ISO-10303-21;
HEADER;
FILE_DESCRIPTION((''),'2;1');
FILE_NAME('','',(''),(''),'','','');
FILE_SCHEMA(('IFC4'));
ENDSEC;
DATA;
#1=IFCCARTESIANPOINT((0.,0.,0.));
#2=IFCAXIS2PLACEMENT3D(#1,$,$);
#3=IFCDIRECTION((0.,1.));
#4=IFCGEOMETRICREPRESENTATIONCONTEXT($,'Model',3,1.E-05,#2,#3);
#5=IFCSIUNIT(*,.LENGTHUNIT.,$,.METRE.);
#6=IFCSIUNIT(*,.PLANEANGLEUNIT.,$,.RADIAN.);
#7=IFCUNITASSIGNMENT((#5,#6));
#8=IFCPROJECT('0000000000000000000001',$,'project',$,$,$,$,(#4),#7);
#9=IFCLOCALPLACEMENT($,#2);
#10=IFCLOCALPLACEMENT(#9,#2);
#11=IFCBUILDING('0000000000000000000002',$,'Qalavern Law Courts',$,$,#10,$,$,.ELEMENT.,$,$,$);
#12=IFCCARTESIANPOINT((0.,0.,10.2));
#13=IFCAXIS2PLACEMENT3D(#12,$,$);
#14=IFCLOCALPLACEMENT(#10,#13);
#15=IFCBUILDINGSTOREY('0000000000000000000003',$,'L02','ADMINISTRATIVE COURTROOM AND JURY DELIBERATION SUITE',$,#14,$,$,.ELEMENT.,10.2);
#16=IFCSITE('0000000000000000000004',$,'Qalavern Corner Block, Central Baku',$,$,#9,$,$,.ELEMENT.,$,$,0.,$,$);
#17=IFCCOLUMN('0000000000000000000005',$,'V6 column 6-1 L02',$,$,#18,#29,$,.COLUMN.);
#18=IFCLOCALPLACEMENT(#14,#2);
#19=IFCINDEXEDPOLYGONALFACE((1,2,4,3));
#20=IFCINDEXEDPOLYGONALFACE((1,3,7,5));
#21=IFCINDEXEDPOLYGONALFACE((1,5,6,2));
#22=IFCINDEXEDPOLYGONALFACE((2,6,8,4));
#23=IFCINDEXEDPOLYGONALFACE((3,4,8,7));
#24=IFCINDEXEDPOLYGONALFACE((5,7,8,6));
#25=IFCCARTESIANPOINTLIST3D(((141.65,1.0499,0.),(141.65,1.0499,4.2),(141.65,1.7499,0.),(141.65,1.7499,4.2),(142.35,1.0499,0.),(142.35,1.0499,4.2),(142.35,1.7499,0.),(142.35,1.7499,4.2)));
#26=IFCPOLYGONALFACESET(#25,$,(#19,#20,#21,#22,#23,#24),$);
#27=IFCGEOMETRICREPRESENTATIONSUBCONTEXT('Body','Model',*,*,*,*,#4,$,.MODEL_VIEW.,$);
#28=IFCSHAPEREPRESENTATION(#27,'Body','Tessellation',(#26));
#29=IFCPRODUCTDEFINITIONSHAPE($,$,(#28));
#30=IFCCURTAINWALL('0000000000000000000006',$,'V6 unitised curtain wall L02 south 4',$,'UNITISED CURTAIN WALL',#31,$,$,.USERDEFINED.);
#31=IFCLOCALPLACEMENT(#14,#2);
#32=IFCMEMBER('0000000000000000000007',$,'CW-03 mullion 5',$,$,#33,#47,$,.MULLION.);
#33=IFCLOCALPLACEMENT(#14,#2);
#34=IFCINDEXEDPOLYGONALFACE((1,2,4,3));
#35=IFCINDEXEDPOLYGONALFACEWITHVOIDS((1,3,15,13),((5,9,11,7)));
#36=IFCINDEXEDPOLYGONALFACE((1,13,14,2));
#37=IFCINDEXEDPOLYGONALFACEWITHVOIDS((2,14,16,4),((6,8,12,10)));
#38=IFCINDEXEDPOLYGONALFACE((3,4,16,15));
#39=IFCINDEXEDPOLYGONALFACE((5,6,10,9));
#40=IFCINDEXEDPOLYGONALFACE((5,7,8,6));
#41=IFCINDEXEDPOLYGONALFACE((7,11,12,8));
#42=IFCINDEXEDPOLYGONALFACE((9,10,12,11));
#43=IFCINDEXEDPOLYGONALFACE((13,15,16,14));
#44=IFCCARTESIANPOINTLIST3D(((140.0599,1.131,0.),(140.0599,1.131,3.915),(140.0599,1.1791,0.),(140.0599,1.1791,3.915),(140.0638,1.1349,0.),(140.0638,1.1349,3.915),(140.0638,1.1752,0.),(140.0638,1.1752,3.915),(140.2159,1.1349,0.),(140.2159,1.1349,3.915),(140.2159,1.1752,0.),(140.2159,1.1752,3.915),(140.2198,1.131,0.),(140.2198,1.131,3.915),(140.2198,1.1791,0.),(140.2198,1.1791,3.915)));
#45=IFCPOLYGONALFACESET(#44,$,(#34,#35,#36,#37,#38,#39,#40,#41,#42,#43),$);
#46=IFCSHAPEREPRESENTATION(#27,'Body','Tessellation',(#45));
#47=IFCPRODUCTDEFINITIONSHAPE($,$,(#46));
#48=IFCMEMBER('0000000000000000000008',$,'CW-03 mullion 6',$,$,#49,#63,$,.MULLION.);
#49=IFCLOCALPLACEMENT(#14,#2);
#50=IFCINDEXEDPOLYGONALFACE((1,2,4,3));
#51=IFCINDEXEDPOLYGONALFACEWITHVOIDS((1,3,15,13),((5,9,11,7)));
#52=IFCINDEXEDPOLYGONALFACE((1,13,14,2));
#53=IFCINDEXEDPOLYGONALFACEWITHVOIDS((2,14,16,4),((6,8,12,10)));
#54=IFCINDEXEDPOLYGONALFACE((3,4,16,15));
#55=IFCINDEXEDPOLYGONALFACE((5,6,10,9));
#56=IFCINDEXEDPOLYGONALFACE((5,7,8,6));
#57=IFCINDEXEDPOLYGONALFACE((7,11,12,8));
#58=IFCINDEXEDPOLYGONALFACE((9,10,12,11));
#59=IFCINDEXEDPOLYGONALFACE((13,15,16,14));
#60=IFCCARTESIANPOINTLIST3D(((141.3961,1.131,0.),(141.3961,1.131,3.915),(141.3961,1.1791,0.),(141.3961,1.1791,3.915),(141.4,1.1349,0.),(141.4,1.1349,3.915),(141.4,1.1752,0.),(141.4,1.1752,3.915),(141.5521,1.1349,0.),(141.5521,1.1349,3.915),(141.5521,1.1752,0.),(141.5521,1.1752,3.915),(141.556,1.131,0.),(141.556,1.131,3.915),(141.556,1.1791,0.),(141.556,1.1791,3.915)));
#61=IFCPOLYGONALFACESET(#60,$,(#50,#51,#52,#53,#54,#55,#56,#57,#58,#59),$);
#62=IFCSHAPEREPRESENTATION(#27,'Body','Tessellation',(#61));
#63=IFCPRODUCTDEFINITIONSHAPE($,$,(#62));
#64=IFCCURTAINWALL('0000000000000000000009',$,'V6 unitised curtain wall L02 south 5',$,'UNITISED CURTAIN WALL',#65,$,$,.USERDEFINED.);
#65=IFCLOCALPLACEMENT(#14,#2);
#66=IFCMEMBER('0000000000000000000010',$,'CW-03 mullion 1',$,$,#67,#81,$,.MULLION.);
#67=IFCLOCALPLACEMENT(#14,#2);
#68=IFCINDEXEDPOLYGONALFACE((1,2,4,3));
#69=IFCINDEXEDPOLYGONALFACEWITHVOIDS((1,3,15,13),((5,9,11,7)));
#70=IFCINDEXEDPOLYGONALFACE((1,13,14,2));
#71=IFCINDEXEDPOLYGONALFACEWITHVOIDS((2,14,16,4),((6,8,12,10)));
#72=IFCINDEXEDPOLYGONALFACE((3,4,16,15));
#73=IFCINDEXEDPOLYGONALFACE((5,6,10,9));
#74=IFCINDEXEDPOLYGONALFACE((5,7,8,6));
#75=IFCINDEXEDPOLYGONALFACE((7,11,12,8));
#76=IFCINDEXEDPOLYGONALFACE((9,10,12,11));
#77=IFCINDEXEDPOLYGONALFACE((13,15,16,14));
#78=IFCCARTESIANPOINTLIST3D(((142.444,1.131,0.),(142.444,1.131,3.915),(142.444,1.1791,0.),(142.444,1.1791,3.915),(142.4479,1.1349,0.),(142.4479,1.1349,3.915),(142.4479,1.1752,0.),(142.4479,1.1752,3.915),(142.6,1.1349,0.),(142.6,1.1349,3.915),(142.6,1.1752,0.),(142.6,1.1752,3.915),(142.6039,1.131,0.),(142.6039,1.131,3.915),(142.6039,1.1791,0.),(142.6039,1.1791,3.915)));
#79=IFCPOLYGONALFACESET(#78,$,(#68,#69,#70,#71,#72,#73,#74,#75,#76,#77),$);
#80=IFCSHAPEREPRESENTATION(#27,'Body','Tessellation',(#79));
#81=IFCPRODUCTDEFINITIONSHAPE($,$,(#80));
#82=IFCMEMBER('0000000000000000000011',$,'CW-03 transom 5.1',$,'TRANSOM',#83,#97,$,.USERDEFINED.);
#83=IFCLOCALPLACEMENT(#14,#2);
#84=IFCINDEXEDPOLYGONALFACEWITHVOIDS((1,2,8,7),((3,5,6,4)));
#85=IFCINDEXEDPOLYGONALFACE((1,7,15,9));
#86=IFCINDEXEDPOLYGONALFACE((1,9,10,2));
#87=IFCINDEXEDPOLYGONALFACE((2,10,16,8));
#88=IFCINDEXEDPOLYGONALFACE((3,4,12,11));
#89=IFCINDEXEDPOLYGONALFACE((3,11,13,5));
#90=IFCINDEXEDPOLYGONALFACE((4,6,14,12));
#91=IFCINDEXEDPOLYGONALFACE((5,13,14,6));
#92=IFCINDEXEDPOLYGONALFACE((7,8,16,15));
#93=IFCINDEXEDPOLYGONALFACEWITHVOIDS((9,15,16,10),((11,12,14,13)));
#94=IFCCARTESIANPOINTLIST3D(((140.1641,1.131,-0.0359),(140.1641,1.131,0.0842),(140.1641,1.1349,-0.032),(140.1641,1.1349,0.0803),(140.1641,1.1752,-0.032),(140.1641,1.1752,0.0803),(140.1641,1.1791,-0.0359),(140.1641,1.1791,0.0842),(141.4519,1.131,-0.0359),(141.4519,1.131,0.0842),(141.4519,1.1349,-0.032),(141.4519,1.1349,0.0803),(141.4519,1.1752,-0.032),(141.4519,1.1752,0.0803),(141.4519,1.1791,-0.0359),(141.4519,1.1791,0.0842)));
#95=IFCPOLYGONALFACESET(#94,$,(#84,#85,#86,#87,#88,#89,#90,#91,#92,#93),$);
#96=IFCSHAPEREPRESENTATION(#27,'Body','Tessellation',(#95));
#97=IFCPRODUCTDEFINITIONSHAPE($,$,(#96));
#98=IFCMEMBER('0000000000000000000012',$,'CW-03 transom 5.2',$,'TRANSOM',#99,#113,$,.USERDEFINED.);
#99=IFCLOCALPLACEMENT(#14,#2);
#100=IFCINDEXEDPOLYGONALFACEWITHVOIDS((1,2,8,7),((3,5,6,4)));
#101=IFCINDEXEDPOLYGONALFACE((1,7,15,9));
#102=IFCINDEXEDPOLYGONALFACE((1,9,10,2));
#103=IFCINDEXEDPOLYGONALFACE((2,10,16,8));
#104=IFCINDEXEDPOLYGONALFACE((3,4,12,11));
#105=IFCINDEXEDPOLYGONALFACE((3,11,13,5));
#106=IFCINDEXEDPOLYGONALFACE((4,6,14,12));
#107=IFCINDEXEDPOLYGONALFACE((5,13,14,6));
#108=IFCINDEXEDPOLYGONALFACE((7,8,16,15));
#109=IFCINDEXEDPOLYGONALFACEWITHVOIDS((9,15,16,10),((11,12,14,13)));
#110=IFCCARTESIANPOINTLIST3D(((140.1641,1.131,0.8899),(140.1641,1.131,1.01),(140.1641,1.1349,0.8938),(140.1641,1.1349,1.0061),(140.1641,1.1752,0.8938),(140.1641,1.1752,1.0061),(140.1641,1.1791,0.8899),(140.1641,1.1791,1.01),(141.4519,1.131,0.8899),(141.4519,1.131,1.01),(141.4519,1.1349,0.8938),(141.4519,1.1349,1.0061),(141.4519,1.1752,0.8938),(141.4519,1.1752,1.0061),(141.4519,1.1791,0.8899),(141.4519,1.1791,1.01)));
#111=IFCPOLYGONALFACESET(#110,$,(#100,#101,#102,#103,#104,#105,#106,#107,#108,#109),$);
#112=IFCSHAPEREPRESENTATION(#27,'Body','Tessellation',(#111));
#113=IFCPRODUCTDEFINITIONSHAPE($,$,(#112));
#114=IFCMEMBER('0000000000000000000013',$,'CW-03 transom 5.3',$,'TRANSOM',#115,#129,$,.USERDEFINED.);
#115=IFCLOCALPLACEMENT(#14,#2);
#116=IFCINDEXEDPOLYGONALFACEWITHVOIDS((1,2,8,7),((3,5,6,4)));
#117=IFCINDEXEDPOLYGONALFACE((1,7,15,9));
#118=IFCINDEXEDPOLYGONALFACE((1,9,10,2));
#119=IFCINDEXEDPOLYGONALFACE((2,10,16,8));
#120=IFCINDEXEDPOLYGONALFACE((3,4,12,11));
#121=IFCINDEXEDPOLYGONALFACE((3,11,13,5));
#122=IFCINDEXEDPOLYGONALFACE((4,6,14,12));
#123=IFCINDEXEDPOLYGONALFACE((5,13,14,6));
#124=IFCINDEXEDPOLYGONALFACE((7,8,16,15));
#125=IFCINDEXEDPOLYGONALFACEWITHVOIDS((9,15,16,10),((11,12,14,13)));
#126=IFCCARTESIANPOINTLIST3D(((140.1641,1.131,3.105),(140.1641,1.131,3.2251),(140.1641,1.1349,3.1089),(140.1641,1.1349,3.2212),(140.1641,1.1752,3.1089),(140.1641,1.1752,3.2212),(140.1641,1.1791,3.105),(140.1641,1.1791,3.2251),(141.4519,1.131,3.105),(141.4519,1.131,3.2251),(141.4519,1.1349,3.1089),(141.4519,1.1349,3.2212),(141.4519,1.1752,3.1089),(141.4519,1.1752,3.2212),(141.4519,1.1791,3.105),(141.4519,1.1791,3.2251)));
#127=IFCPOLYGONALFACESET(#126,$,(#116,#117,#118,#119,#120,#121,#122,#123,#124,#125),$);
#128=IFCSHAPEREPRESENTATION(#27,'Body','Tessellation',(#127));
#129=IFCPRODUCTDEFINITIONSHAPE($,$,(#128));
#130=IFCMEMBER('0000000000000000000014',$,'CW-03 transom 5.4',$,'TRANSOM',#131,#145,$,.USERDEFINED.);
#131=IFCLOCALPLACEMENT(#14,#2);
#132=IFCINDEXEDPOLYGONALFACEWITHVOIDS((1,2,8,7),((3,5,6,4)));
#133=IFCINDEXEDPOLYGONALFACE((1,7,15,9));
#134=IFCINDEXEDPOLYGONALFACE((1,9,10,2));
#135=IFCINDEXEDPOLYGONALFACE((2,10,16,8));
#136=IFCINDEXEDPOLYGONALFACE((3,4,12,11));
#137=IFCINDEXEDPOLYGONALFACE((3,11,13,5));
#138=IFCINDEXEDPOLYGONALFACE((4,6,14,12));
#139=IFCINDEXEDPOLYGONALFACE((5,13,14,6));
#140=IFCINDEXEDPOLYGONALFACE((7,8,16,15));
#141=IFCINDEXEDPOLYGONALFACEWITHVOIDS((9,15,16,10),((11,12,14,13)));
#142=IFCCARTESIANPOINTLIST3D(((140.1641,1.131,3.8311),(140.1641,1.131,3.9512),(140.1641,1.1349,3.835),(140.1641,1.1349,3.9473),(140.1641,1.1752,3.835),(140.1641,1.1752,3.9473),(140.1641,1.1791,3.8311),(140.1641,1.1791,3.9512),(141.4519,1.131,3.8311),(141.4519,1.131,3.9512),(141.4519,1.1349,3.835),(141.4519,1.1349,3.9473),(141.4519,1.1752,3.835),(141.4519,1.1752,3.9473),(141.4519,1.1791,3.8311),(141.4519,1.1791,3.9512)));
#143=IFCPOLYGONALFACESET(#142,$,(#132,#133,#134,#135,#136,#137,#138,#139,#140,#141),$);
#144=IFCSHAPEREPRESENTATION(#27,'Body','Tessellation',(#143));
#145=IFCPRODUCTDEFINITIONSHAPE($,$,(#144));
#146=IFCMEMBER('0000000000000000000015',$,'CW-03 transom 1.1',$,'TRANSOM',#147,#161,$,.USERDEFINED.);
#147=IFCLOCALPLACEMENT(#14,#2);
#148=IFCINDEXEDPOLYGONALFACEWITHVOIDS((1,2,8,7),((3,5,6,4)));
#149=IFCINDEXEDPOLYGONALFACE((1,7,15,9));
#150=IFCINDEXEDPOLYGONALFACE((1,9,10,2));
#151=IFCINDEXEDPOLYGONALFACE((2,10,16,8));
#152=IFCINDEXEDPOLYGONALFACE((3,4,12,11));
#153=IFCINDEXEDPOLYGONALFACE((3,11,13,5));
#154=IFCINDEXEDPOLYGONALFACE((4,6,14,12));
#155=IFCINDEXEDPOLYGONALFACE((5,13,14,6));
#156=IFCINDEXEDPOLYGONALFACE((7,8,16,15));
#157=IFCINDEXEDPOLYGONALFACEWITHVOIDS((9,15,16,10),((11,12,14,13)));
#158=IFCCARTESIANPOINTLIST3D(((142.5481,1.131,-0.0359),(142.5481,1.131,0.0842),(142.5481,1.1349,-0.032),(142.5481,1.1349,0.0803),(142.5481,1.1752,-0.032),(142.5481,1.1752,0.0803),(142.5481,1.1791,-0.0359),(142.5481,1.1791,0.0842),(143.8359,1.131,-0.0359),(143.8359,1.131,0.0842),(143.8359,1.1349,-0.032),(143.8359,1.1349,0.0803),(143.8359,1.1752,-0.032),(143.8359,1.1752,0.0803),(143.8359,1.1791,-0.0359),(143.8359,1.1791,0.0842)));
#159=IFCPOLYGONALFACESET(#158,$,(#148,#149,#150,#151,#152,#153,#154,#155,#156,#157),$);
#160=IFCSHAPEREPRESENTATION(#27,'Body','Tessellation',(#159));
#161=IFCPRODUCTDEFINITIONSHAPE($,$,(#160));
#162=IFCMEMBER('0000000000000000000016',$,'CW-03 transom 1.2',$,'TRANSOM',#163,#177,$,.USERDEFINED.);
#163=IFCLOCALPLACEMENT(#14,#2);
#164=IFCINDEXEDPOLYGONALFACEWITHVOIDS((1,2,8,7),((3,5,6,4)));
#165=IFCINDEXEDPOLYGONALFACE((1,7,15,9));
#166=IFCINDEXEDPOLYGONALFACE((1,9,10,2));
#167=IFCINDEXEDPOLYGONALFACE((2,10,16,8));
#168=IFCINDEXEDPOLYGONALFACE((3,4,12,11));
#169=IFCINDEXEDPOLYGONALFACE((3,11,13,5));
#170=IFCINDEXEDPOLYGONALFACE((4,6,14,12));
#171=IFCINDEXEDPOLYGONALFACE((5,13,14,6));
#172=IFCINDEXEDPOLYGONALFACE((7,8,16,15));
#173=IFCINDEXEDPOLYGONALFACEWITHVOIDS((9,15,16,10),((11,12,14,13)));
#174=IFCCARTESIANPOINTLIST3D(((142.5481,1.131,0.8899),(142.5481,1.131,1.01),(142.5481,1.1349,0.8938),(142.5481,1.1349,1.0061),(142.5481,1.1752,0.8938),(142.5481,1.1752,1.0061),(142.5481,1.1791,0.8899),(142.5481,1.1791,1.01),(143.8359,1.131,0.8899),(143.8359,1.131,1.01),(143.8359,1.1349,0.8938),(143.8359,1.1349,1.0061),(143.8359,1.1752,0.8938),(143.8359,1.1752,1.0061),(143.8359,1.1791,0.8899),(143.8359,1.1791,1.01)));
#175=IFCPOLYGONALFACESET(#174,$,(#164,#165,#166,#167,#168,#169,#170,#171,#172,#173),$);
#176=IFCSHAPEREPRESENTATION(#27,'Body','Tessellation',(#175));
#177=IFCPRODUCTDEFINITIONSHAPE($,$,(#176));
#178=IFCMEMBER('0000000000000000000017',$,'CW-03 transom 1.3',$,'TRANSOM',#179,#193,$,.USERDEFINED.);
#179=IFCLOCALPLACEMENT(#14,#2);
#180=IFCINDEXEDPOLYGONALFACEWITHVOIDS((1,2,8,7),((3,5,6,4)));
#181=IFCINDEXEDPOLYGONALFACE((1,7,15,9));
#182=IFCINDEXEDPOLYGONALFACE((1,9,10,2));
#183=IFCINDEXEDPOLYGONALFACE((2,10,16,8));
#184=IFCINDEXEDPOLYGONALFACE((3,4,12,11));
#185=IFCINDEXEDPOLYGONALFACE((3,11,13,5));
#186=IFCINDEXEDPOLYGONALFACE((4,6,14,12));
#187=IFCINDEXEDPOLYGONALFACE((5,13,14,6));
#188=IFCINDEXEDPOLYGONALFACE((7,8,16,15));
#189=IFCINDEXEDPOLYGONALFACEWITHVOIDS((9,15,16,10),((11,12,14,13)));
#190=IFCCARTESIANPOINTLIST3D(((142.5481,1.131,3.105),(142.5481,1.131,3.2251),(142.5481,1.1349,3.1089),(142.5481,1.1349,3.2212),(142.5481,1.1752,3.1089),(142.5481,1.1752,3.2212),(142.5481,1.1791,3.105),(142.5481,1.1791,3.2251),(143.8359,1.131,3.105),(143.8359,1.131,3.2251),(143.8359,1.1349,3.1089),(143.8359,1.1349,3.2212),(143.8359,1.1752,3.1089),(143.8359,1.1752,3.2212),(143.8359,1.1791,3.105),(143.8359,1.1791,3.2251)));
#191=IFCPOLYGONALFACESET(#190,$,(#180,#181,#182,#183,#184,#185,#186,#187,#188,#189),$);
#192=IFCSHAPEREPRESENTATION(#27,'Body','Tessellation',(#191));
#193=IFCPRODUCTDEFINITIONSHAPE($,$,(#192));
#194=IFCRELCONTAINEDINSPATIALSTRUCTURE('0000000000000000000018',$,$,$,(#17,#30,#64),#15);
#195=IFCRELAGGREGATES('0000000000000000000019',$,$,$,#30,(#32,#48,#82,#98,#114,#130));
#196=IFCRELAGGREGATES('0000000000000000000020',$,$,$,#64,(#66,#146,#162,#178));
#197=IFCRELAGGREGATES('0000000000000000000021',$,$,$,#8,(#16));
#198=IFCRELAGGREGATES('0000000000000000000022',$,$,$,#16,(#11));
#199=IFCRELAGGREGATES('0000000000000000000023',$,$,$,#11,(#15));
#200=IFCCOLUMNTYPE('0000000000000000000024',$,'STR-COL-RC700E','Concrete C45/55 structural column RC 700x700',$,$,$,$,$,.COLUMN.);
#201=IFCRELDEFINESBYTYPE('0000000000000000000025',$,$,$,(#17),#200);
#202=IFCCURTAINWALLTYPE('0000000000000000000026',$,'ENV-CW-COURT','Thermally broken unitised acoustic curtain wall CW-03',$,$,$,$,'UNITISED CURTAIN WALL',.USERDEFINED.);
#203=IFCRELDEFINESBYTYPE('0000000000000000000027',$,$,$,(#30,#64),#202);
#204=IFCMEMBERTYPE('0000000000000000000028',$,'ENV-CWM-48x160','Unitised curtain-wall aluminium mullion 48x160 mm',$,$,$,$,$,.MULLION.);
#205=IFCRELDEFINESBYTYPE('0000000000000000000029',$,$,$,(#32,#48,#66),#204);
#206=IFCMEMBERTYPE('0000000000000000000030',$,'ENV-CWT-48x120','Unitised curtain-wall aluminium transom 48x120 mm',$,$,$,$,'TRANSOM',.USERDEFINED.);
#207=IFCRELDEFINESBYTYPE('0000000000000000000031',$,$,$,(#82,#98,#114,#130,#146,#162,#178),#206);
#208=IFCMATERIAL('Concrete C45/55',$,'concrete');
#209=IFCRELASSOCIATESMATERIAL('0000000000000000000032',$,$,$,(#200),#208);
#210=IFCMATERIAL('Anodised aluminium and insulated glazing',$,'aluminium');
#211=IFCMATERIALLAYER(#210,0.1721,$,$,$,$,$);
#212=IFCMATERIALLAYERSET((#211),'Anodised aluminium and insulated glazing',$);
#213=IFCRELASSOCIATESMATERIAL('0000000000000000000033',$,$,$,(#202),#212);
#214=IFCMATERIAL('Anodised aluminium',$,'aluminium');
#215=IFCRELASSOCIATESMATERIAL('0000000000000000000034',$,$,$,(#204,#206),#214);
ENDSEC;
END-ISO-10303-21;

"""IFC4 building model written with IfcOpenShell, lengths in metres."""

from ifc_helpers import new_model, si_unit, direction, frame, origin, origin_2d, place, context, subcontext, project, spatial, rectangle, hollow_rectangle, extrude, material, layer, layer_set, material_profile, profile_set, type_object, element, aggregate, save


model = new_model("IFC4")

# Units and contexts
model_context = context("Model", 3, precision=1e-05, world=origin(), true_north=direction((0.0, 1.0)))
body_context = subcontext(model_context, "Body", "Model", "MODEL_VIEW")
ifc_project = project(units=[si_unit("LENGTHUNIT", "METRE"), si_unit("PLANEANGLEUNIT", "RADIAN")], contexts=[model_context])

# Site, building, storey
site_placement = place(None, origin())
site = spatial("IfcSite", under=ifc_project, at=site_placement, Name="Qalavern Corner Block, Central Baku", CompositionType="ELEMENT", RefElevation=0.0)
building_placement = place(site_placement, origin())
building = spatial("IfcBuilding", under=site, at=building_placement, Name="Qalavern Law Courts", CompositionType="ELEMENT")
storey_placement = place(building_placement, frame((0.0, 0.0, 10.2)))
storey = spatial("IfcBuildingStorey", under=building, at=storey_placement, Name="L02", Description="ADMINISTRATIVE COURTROOM AND JURY DELIBERATION SUITE", CompositionType="ELEMENT", Elevation=10.2)

# Column
ifc_material_1 = material(Name="Concrete C45/55", Category="concrete")
ifc_material_profile_1 = material_profile(ifc_material_1, rectangle(XDim=0.7, YDim=0.7, at=origin_2d()), Name="RC 700x700")
ifc_profile_set_1 = profile_set([ifc_material_profile_1], Name="Concrete C45/55")
column_type = type_object("IfcColumnType", Name="STR-COL-RC700E", Description="Concrete C45/55 structural column RC 700x700", PredefinedType="COLUMN", material=ifc_profile_set_1)
column_placement = place(storey_placement, frame((142.0, 1.3999, 0.0), z_axis=(0.0, 0.0, 1.0), x_axis=(1.0, 0.0, 0.0)))
element("IfcColumn", 1, at=column_placement, inside=storey, type_object=column_type, Name="V6 column 6-1 L02", PredefinedType="COLUMN", context=body_context, shape_type="SweptSolid", body=[
    extrude(rectangle(XDim=0.7, YDim=0.7, at=origin_2d()), origin(), (0.0, 0.0, 1.0), 4.2),
])

# Curtain wall, members
ifc_material_2 = material(Name="Anodised aluminium and insulated glazing", Category="aluminium")
ifc_layer_1 = layer(ifc_material_2, 0.1721)
ifc_layer_set_1 = layer_set([ifc_layer_1], Name="Anodised aluminium and insulated glazing")
curtain_wall_type = type_object("IfcCurtainWallType", Name="ENV-CW-COURT", Description="Thermally broken unitised acoustic curtain wall CW-03", ElementType="UNITISED CURTAIN WALL", PredefinedType="USERDEFINED", material=ifc_layer_set_1)
curtain_wall_1_placement = place(storey_placement, origin())
curtain_wall_1 = element("IfcCurtainWall", 2, at=curtain_wall_1_placement, inside=storey, type_object=curtain_wall_type, Name="V6 unitised curtain wall L02 south 4", ObjectType="UNITISED CURTAIN WALL", PredefinedType="USERDEFINED")
ifc_material_3 = material(Name="Anodised aluminium", Category="aluminium")
ifc_material_profile_2 = material_profile(ifc_material_3, hollow_rectangle(XDim=0.0481, YDim=0.1599, WallThickness=0.0039, at=origin_2d()), Name="ALU MULLION 48x160")
ifc_profile_set_2 = profile_set([ifc_material_profile_2], Name="Anodised aluminium")
member_type_1 = type_object("IfcMemberType", Name="ENV-CWM-48x160", Description="Unitised curtain-wall aluminium mullion 48x160 mm", PredefinedType="MULLION", material=ifc_profile_set_2)
member_1_placement = place(storey_placement, frame((140.1399, 1.155, 0.0), z_axis=(0.0, 0.0, 1.0), x_axis=(0.0, 1.0, 0.0)))
member_1 = element("IfcMember", 3, at=member_1_placement, type_object=member_type_1, Name="CW-03 mullion 5", PredefinedType="MULLION", context=body_context, shape_type="SweptSolid", body=[
    extrude(hollow_rectangle(XDim=0.0481, YDim=0.1599, WallThickness=0.0039, at=origin_2d()), origin(), (0.0, 0.0, 1.0), 3.915),
])
member_2_placement = place(storey_placement, frame((141.4761, 1.155, 0.0), z_axis=(0.0, 0.0, 1.0), x_axis=(0.0, 1.0, 0.0)))
member_2 = element("IfcMember", 4, at=member_2_placement, type_object=member_type_1, Name="CW-03 mullion 6", PredefinedType="MULLION", context=body_context, shape_type="SweptSolid", body=[
    extrude(hollow_rectangle(XDim=0.0481, YDim=0.1599, WallThickness=0.0039, at=origin_2d()), origin(), (0.0, 0.0, 1.0), 3.915),
])

# Curtain wall, member
curtain_wall_2_placement = place(storey_placement, origin())
curtain_wall_2 = element("IfcCurtainWall", 5, at=curtain_wall_2_placement, inside=storey, type_object=curtain_wall_type, Name="V6 unitised curtain wall L02 south 5", ObjectType="UNITISED CURTAIN WALL", PredefinedType="USERDEFINED")
member_3_placement = place(storey_placement, frame((142.5239, 1.155, 0.0), z_axis=(0.0, 0.0, 1.0), x_axis=(0.0, 1.0, 0.0)))
member_3 = element("IfcMember", 6, at=member_3_placement, type_object=member_type_1, Name="CW-03 mullion 1", PredefinedType="MULLION", context=body_context, shape_type="SweptSolid", body=[
    extrude(hollow_rectangle(XDim=0.0481, YDim=0.1599, WallThickness=0.0039, at=origin_2d()), origin(), (0.0, 0.0, 1.0), 3.915),
])

# Members
ifc_material_profile_3 = material_profile(ifc_material_3, hollow_rectangle(XDim=0.0481, YDim=0.1201, WallThickness=0.0039, at=origin_2d()), Name="ALU TRANSOM 48x120")
ifc_profile_set_3 = profile_set([ifc_material_profile_3], Name="Anodised aluminium")
member_type_2 = type_object("IfcMemberType", Name="ENV-CWT-48x120", Description="Unitised curtain-wall aluminium transom 48x120 mm", ElementType="TRANSOM", PredefinedType="USERDEFINED", material=ifc_profile_set_3)
member_4_placement = place(storey_placement, frame((140.1641, 1.155, 0.0242), z_axis=(1.0, 0.0, 0.0), x_axis=(0.0, 1.0, 0.0)))
member_4 = element("IfcMember", 7, at=member_4_placement, type_object=member_type_2, Name="CW-03 transom 5.1", ObjectType="TRANSOM", PredefinedType="USERDEFINED", context=body_context, shape_type="SweptSolid", body=[
    extrude(hollow_rectangle(XDim=0.0481, YDim=0.1201, WallThickness=0.0039, at=origin_2d()), origin(), (0.0, 0.0, 1.0), 1.2878),
])
member_5_placement = place(storey_placement, frame((140.1641, 1.155, 0.95), z_axis=(1.0, 0.0, 0.0), x_axis=(0.0, 1.0, 0.0)))
member_5 = element("IfcMember", 8, at=member_5_placement, type_object=member_type_2, Name="CW-03 transom 5.2", ObjectType="TRANSOM", PredefinedType="USERDEFINED", context=body_context, shape_type="SweptSolid", body=[
    extrude(hollow_rectangle(XDim=0.0481, YDim=0.1201, WallThickness=0.0039, at=origin_2d()), origin(), (0.0, 0.0, 1.0), 1.2878),
])
member_6_placement = place(storey_placement, frame((140.1641, 1.155, 3.165), z_axis=(1.0, 0.0, 0.0), x_axis=(0.0, 1.0, 0.0)))
member_6 = element("IfcMember", 9, at=member_6_placement, type_object=member_type_2, Name="CW-03 transom 5.3", ObjectType="TRANSOM", PredefinedType="USERDEFINED", context=body_context, shape_type="SweptSolid", body=[
    extrude(hollow_rectangle(XDim=0.0481, YDim=0.1201, WallThickness=0.0039, at=origin_2d()), origin(), (0.0, 0.0, 1.0), 1.2878),
])
member_7_placement = place(storey_placement, frame((140.1641, 1.155, 3.8911), z_axis=(1.0, 0.0, 0.0), x_axis=(0.0, 1.0, 0.0)))
member_7 = element("IfcMember", 10, at=member_7_placement, type_object=member_type_2, Name="CW-03 transom 5.4", ObjectType="TRANSOM", PredefinedType="USERDEFINED", context=body_context, shape_type="SweptSolid", body=[
    extrude(hollow_rectangle(XDim=0.0481, YDim=0.1201, WallThickness=0.0039, at=origin_2d()), origin(), (0.0, 0.0, 1.0), 1.2878),
])
member_8_placement = place(storey_placement, frame((142.5481, 1.155, 0.0242), z_axis=(1.0, 0.0, 0.0), x_axis=(0.0, 1.0, 0.0)))
member_8 = element("IfcMember", 11, at=member_8_placement, type_object=member_type_2, Name="CW-03 transom 1.1", ObjectType="TRANSOM", PredefinedType="USERDEFINED", context=body_context, shape_type="SweptSolid", body=[
    extrude(hollow_rectangle(XDim=0.0481, YDim=0.1201, WallThickness=0.0039, at=origin_2d()), origin(), (0.0, 0.0, 1.0), 1.2878),
])
member_9_placement = place(storey_placement, frame((142.5481, 1.155, 0.95), z_axis=(1.0, 0.0, 0.0), x_axis=(0.0, 1.0, 0.0)))
member_9 = element("IfcMember", 12, at=member_9_placement, type_object=member_type_2, Name="CW-03 transom 1.2", ObjectType="TRANSOM", PredefinedType="USERDEFINED", context=body_context, shape_type="SweptSolid", body=[
    extrude(hollow_rectangle(XDim=0.0481, YDim=0.1201, WallThickness=0.0039, at=origin_2d()), origin(), (0.0, 0.0, 1.0), 1.2878),
])
member_10_placement = place(storey_placement, frame((142.5481, 1.155, 3.165), z_axis=(1.0, 0.0, 0.0), x_axis=(0.0, 1.0, 0.0)))
member_10 = element("IfcMember", 13, at=member_10_placement, type_object=member_type_2, Name="CW-03 transom 1.3", ObjectType="TRANSOM", PredefinedType="USERDEFINED", context=body_context, shape_type="SweptSolid", body=[
    extrude(hollow_rectangle(XDim=0.0481, YDim=0.1201, WallThickness=0.0039, at=origin_2d()), origin(), (0.0, 0.0, 1.0), 1.2878),
])

aggregate(curtain_wall_1, [member_1, member_2, member_4, member_5, member_6, member_7])
aggregate(curtain_wall_2, [member_3, member_8, member_9, member_10])

save(model, "model.ifc")
